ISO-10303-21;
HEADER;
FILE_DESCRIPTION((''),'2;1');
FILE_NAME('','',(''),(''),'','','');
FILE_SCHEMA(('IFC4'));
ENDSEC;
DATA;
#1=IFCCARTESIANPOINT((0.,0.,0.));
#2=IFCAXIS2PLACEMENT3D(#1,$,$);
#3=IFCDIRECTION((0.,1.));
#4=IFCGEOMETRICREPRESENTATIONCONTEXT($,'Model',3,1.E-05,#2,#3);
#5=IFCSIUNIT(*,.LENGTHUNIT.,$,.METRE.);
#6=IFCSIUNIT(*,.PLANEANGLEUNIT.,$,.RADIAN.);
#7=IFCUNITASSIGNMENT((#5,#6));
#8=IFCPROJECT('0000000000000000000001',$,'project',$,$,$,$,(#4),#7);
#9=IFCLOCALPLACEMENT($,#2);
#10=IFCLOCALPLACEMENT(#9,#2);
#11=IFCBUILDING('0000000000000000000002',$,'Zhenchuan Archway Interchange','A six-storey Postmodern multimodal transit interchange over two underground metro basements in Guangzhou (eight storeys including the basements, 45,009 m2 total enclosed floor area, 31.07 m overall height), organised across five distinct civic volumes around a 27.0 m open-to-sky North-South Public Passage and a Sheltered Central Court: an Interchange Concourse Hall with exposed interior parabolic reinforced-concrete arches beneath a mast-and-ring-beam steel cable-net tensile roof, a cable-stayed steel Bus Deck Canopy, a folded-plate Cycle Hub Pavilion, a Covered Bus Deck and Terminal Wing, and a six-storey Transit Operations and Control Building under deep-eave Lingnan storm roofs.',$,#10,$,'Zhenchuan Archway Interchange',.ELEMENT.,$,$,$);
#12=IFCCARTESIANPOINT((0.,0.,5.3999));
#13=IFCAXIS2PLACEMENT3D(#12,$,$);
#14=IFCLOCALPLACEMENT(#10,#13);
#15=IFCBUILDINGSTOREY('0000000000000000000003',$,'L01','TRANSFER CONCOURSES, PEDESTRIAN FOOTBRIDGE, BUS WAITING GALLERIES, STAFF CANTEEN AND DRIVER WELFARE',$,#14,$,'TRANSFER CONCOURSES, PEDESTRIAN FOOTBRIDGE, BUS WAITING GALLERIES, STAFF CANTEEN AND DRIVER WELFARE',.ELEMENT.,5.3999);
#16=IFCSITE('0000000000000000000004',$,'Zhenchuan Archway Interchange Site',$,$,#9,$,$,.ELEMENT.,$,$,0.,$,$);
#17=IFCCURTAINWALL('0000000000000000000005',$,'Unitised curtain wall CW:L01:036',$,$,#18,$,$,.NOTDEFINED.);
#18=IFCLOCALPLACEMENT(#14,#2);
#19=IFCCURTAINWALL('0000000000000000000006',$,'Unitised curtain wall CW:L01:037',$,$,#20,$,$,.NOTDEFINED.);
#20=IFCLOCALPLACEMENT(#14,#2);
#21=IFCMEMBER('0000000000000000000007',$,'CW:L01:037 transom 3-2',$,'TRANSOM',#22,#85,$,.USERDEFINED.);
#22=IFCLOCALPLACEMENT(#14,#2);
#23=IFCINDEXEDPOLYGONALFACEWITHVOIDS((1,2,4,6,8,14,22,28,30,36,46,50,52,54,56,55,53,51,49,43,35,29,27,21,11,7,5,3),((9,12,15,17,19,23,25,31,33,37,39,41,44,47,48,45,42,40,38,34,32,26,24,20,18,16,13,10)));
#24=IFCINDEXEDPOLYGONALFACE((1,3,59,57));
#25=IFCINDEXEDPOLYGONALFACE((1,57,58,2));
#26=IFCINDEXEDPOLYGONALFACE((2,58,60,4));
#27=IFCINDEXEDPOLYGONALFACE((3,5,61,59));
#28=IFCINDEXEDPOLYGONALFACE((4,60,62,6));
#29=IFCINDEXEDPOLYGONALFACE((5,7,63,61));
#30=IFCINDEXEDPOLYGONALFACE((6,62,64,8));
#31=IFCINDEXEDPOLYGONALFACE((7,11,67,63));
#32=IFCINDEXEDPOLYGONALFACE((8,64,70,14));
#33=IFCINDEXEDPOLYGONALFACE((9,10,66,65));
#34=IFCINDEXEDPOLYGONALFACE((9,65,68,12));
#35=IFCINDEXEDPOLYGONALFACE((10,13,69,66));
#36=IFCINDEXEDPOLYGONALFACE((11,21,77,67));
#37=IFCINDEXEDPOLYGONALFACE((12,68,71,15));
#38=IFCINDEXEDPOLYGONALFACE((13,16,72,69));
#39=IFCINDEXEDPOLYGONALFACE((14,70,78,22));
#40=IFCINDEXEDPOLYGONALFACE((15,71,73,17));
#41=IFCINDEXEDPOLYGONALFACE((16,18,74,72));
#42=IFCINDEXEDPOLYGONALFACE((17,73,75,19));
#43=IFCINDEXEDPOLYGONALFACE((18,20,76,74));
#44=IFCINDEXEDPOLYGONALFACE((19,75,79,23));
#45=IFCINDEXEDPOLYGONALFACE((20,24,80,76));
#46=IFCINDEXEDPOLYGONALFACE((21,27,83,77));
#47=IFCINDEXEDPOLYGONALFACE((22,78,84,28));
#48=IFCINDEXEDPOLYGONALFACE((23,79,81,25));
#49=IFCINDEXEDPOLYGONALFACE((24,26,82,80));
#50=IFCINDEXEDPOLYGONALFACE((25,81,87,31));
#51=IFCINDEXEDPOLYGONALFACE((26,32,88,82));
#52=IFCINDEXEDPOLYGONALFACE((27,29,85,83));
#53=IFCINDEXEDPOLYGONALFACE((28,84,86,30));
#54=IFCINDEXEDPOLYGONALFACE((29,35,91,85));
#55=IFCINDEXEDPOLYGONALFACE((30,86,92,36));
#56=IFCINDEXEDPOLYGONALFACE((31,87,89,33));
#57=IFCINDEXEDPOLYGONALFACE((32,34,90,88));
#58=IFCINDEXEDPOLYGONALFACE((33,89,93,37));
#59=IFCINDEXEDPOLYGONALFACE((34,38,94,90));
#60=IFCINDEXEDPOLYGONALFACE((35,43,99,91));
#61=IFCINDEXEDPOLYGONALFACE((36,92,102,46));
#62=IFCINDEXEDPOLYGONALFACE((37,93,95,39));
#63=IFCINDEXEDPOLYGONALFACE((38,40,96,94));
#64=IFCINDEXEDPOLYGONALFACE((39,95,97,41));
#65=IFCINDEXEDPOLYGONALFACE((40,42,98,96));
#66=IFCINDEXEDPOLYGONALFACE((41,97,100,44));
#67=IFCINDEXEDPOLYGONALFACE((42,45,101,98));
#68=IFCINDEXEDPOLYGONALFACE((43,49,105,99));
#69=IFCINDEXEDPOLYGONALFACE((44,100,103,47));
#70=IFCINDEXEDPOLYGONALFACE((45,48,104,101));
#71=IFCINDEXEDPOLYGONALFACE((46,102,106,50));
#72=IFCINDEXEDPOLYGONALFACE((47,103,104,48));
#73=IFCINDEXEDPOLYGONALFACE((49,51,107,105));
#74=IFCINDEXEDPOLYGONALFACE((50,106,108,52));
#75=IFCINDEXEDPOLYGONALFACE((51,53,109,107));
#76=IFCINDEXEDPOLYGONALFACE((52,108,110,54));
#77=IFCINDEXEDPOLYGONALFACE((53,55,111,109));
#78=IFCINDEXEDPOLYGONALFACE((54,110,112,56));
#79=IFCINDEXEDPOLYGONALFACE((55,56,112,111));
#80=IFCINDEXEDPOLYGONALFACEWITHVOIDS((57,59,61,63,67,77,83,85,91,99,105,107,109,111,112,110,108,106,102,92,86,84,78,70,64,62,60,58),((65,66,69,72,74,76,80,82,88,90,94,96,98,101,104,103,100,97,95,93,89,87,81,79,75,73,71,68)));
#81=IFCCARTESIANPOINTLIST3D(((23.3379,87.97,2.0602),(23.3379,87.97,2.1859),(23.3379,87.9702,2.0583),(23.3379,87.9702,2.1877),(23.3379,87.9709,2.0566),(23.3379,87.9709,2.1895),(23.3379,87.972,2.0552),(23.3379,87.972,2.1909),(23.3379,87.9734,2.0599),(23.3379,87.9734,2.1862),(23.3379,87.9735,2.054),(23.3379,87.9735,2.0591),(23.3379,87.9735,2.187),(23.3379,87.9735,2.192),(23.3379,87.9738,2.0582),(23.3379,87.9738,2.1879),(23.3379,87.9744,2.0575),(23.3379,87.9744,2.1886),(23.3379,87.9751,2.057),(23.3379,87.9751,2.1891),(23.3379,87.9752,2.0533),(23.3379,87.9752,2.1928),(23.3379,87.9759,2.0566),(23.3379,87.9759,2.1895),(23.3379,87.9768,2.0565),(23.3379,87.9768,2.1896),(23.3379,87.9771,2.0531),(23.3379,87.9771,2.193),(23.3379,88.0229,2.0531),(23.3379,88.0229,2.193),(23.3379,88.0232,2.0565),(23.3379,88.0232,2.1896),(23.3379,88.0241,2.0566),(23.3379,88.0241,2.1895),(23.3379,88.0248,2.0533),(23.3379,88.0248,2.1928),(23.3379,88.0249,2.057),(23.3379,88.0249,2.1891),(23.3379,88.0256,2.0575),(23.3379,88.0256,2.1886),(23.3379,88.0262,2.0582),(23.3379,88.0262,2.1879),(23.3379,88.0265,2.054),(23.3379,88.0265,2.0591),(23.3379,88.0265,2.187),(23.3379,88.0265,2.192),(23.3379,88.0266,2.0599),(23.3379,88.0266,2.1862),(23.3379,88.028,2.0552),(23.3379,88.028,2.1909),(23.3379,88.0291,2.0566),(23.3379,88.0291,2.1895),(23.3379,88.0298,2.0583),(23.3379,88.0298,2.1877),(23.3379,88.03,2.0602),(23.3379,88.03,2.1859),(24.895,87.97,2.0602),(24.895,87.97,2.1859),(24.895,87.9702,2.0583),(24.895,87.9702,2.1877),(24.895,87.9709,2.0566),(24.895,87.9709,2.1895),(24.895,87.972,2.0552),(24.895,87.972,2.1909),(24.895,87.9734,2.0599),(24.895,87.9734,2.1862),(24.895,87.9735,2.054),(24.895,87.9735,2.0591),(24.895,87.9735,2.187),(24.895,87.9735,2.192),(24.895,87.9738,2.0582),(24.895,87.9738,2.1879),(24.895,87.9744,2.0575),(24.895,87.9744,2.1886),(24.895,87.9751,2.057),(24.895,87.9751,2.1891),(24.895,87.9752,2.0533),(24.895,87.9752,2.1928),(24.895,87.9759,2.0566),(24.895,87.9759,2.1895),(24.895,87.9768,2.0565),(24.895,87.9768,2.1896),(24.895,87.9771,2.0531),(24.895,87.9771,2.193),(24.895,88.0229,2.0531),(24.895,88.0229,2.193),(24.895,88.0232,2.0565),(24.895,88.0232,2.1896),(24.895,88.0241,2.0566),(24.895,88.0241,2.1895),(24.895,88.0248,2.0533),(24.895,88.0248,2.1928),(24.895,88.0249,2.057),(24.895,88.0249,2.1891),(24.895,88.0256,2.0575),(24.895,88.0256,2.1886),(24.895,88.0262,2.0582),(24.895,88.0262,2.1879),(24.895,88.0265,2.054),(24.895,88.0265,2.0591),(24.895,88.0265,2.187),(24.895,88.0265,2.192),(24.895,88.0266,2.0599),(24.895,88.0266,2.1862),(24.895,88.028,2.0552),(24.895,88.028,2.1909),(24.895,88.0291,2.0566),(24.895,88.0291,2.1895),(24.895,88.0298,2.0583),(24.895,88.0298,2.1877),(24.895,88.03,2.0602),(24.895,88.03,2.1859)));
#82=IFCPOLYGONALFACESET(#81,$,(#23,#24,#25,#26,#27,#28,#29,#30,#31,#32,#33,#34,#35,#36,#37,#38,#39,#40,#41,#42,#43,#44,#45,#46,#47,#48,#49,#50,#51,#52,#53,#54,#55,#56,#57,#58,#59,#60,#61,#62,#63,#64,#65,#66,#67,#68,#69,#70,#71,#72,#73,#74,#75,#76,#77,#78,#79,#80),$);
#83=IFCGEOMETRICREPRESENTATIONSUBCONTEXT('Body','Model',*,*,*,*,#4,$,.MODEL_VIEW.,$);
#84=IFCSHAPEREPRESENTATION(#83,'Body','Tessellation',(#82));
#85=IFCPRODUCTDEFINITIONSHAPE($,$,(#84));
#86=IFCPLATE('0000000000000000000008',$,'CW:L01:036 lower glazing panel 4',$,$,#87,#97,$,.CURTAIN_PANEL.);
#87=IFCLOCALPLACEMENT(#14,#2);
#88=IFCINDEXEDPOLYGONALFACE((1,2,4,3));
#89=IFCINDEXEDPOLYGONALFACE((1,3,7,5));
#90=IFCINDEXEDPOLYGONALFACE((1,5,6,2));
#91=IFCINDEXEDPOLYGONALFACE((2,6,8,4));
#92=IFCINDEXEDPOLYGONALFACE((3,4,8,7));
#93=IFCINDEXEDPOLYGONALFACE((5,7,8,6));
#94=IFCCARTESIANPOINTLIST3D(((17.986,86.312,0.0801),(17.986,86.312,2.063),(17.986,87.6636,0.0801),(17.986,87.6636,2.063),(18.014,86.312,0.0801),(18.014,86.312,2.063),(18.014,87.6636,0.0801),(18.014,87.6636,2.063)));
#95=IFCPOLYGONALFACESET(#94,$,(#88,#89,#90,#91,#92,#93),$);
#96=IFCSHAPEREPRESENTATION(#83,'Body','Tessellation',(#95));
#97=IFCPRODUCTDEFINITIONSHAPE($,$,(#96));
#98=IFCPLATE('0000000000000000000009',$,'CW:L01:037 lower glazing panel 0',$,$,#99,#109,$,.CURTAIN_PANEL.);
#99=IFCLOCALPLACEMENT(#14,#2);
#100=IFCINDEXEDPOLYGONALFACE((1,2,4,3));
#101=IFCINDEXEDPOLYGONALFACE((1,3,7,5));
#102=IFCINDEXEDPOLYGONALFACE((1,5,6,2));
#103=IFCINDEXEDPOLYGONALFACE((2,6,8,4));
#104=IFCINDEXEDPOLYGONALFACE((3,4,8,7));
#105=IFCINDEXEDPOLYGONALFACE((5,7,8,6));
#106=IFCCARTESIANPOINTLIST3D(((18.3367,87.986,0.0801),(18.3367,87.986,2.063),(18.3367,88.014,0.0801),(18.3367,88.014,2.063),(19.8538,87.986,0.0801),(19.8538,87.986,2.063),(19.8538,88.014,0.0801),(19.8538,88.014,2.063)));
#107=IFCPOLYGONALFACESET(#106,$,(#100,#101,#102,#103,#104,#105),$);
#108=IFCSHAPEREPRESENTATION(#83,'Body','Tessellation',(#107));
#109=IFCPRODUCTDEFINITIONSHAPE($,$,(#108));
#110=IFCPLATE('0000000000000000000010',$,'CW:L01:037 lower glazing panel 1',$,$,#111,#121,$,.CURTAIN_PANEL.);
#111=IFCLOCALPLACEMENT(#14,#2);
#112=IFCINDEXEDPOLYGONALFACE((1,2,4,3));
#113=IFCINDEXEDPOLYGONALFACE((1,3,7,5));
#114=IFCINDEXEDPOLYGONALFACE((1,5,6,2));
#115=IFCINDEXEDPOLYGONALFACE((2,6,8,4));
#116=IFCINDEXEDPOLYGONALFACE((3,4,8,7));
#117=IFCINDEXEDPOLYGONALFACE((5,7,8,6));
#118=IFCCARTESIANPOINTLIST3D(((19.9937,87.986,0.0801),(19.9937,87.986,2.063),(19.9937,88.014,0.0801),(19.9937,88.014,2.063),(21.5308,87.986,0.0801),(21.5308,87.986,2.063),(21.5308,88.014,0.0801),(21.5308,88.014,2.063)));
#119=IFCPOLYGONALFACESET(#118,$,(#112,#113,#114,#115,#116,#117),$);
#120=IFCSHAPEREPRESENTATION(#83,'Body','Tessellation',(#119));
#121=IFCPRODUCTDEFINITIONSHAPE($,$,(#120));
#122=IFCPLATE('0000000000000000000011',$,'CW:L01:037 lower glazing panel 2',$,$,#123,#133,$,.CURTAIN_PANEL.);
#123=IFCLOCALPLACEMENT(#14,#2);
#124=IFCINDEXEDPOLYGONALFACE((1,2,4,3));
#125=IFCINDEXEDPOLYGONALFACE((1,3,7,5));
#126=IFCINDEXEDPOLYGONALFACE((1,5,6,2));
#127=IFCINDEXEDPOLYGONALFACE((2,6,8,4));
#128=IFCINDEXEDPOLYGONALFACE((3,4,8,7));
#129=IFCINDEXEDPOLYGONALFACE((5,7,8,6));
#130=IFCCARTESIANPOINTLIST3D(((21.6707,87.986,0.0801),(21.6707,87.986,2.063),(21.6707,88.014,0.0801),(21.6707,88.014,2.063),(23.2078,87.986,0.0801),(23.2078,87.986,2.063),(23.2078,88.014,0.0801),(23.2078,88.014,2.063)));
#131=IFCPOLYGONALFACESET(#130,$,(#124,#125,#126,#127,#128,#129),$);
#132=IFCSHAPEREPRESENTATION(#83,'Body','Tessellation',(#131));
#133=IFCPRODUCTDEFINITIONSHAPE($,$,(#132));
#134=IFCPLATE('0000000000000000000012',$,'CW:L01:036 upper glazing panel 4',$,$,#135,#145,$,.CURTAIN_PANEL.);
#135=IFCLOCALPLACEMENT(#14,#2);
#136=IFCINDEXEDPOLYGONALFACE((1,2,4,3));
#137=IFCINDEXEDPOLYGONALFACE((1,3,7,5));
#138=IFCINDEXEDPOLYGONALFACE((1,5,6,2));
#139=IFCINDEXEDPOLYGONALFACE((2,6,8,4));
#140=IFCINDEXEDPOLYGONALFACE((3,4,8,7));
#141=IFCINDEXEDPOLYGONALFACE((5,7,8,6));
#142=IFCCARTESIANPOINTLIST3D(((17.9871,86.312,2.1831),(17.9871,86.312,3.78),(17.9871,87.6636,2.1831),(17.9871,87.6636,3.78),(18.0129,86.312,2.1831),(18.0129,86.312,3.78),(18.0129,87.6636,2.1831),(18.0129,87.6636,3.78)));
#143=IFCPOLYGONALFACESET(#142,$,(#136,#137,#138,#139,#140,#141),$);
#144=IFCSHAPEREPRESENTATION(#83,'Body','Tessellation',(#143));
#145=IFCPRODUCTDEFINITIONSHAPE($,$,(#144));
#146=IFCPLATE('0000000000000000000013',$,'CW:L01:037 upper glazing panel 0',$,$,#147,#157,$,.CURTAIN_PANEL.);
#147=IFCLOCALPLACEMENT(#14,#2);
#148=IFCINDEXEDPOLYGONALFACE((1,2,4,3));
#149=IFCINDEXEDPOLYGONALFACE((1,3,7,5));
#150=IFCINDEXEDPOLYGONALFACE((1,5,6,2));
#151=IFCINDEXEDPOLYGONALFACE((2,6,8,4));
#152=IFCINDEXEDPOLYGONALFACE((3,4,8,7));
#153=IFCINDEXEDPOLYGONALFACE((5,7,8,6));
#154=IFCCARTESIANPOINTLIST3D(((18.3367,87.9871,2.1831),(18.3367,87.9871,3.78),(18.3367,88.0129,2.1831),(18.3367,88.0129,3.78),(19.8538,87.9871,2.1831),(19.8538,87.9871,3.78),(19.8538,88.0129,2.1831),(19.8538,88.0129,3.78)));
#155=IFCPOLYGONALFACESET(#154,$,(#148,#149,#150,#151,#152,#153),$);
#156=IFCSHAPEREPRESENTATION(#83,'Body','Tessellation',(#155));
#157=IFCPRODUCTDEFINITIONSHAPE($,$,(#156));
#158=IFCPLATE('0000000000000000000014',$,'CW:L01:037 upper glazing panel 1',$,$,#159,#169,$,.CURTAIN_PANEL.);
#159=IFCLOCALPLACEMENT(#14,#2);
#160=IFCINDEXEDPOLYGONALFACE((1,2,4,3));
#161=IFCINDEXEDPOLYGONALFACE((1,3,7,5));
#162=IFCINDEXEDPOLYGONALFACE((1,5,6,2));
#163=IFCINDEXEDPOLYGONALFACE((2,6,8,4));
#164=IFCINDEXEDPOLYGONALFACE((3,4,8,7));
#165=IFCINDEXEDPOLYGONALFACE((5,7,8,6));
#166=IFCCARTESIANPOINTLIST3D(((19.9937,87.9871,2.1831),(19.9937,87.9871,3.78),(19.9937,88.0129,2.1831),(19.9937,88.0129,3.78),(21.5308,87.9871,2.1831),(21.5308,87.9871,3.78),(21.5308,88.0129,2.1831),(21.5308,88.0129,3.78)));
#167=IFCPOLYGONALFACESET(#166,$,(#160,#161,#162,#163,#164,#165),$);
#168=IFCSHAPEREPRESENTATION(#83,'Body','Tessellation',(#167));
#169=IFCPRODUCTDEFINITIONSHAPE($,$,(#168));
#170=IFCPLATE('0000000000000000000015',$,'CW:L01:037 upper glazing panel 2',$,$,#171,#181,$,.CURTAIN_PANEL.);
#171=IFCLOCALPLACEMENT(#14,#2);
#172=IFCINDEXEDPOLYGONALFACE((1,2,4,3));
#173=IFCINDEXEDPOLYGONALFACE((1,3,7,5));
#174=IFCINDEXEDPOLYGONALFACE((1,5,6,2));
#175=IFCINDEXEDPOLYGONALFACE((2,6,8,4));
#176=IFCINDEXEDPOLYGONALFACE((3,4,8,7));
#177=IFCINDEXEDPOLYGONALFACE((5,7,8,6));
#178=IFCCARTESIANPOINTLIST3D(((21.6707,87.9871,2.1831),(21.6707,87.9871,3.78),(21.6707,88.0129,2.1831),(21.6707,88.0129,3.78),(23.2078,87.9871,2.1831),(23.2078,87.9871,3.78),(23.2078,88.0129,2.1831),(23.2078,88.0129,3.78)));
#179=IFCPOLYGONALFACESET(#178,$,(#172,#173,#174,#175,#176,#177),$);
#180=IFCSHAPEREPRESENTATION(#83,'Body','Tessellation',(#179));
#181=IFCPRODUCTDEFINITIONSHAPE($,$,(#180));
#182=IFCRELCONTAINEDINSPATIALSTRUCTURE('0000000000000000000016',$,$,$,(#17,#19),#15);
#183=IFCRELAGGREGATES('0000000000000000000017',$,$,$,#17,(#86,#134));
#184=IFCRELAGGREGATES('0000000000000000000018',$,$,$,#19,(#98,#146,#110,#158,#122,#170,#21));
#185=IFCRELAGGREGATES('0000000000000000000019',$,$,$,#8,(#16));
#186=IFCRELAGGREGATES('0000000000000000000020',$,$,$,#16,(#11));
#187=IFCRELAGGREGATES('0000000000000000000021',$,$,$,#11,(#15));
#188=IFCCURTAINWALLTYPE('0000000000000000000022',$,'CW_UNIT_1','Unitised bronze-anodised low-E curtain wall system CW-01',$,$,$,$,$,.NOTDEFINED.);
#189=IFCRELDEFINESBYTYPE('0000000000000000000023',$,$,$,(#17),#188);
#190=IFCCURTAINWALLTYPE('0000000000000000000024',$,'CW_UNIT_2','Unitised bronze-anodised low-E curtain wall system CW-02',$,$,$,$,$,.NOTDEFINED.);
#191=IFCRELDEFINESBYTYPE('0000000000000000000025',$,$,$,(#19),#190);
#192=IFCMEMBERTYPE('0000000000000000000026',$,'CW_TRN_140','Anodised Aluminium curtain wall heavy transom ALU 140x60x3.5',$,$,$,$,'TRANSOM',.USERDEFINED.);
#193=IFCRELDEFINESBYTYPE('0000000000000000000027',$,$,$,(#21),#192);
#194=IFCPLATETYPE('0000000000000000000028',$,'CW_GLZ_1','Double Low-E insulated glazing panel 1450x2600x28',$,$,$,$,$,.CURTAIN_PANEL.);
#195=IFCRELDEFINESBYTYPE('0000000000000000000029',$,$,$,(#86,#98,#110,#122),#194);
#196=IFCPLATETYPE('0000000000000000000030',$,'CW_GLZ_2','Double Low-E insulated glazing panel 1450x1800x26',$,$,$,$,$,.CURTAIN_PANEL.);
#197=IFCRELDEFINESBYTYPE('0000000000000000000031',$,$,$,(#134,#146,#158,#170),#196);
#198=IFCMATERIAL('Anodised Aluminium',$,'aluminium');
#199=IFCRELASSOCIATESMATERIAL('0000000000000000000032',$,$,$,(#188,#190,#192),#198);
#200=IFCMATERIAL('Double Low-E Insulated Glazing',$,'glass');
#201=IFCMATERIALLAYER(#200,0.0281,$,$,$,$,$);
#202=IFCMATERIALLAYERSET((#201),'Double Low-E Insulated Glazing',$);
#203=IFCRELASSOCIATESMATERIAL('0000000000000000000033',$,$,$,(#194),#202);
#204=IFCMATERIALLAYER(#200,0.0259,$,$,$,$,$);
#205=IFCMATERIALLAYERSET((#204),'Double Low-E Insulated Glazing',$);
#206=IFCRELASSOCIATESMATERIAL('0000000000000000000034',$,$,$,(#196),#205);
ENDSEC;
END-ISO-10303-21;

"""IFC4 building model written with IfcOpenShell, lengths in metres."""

from ifc_helpers import new_model, si_unit, direction, frame, origin, origin_2d, place, context, subcontext, project, spatial, rectangle, hollow_rectangle, extrude, material, layer, layer_set, material_profile, profile_set, type_object, element, aggregate, save


model = new_model("IFC4")

# Units and contexts
model_context = context("Model", 3, precision=1e-05, world=origin(), true_north=direction((0.0, 1.0)))
body_context = subcontext(model_context, "Body", "Model", "MODEL_VIEW")
ifc_project = project(units=[si_unit("LENGTHUNIT", "METRE"), si_unit("PLANEANGLEUNIT", "RADIAN")], contexts=[model_context])

# Site, building, storey
site_placement = place(None, origin())
site = spatial("IfcSite", under=ifc_project, at=site_placement, Name="Zhenchuan Archway Interchange Site", CompositionType="ELEMENT", RefElevation=0.0)
building_placement = place(site_placement, origin())
building = spatial("IfcBuilding", under=site, at=building_placement, Name="Zhenchuan Archway Interchange", Description="A six-storey Postmodern multimodal transit interchange over two underground metro basements in Guangzhou (eight storeys including the basements, 45,009 m2 total enclosed floor area, 31.07 m overall height), organised across five distinct civic volumes around a 27.0 m open-to-sky North-South Public Passage and a Sheltered Central Court: an Interchange Concourse Hall with exposed interior parabolic reinforced-concrete arches beneath a mast-and-ring-beam steel cable-net tensile roof, a cable-stayed steel Bus Deck Canopy, a folded-plate Cycle Hub Pavilion, a Covered Bus Deck and Terminal Wing, and a six-storey Transit Operations and Control Building under deep-eave Lingnan storm roofs.", LongName="Zhenchuan Archway Interchange", CompositionType="ELEMENT")
storey_placement = place(building_placement, frame((0.0, 0.0, 5.3999)))
storey = spatial("IfcBuildingStorey", under=building, at=storey_placement, Name="L01", Description="TRANSFER CONCOURSES, PEDESTRIAN FOOTBRIDGE, BUS WAITING GALLERIES, STAFF CANTEEN AND DRIVER WELFARE", LongName="TRANSFER CONCOURSES, PEDESTRIAN FOOTBRIDGE, BUS WAITING GALLERIES, STAFF CANTEEN AND DRIVER WELFARE", CompositionType="ELEMENT", Elevation=5.3999)

# Curtain wall
ifc_material_1 = material(Name="Anodised Aluminium", Category="aluminium")
curtain_wall_type_1 = type_object("IfcCurtainWallType", Name="CW_UNIT_1", Description="Unitised bronze-anodised low-E curtain wall system CW-01", PredefinedType="NOTDEFINED", material=ifc_material_1)
curtain_wall_1_placement = place(storey_placement, origin())
curtain_wall_1 = element("IfcCurtainWall", 1, at=curtain_wall_1_placement, inside=storey, type_object=curtain_wall_type_1, Name="Unitised curtain wall CW:L01:036", PredefinedType="NOTDEFINED")

# Curtain wall
curtain_wall_type_2 = type_object("IfcCurtainWallType", Name="CW_UNIT_2", Description="Unitised bronze-anodised low-E curtain wall system CW-02", PredefinedType="NOTDEFINED", material=ifc_material_1)
curtain_wall_2_placement = place(storey_placement, origin())
curtain_wall_2 = element("IfcCurtainWall", 2, at=curtain_wall_2_placement, inside=storey, type_object=curtain_wall_type_2, Name="Unitised curtain wall CW:L01:037", PredefinedType="NOTDEFINED")

# Member
ifc_material_profile_1 = material_profile(ifc_material_1, hollow_rectangle(XDim=0.0601, YDim=0.1399, WallThickness=0.0034, InnerFilletRadius=0.0034, OuterFilletRadius=0.0071, at=origin_2d()), Name="ALU 140x60x3.5")
ifc_profile_set_1 = profile_set([ifc_material_profile_1], Name="Anodised Aluminium")
member_type_1 = type_object("IfcMemberType", Name="CW_TRN_140", Description="Anodised Aluminium curtain wall heavy transom ALU 140x60x3.5", ElementType="TRANSOM", PredefinedType="USERDEFINED", material=ifc_profile_set_1)
member_1_placement = place(storey_placement, frame((23.3379, 88.0, 2.123), z_axis=(1.0, 0.0, 0.0), x_axis=(0.0, 1.0, 0.0)))
member_1 = element("IfcMember", 3, at=member_1_placement, type_object=member_type_1, Name="CW:L01:037 transom 3-2", ObjectType="TRANSOM", PredefinedType="USERDEFINED", context=body_context, shape_type="SweptSolid", body=[
    extrude(hollow_rectangle(XDim=0.0601, YDim=0.1399, WallThickness=0.0034, InnerFilletRadius=0.0034, OuterFilletRadius=0.0071, at=origin_2d()), origin(), (0.0, 0.0, 1.0), 1.5571),
])

# Plates
ifc_material_2 = material(Name="Double Low-E Insulated Glazing", Category="glass")
ifc_layer_1 = layer(ifc_material_2, 0.0281)
ifc_layer_set_1 = layer_set([ifc_layer_1], Name="Double Low-E Insulated Glazing")
plate_type_1 = type_object("IfcPlateType", Name="CW_GLZ_1", Description="Double Low-E insulated glazing panel 1450x2600x28", PredefinedType="CURTAIN_PANEL", material=ifc_layer_set_1)
plate_1_placement = place(storey_placement, frame((18.0, 86.9878, 0.0801), z_axis=(0.0, 0.0, 1.0), x_axis=(0.0, 1.0, 0.0)))
plate_1 = element("IfcPlate", 4, at=plate_1_placement, type_object=plate_type_1, Name="CW:L01:036 lower glazing panel 4", PredefinedType="CURTAIN_PANEL", context=body_context, shape_type="SweptSolid", body=[
    extrude(rectangle(XDim=1.3516, YDim=0.0281, at=origin_2d()), origin(), (0.0, 0.0, 1.0), 1.9829),
])
plate_2_placement = place(storey_placement, frame((19.0952, 88.0, 0.0801), z_axis=(0.0, 0.0, 1.0), x_axis=(1.0, 0.0, 0.0)))
plate_2 = element("IfcPlate", 5, at=plate_2_placement, type_object=plate_type_1, Name="CW:L01:037 lower glazing panel 0", PredefinedType="CURTAIN_PANEL", context=body_context, shape_type="SweptSolid", body=[
    extrude(rectangle(XDim=1.5171, YDim=0.0281, at=origin_2d()), origin(), (0.0, 0.0, 1.0), 1.9829),
])
plate_3_placement = place(storey_placement, frame((20.7622, 88.0, 0.0801), z_axis=(0.0, 0.0, 1.0), x_axis=(1.0, 0.0, 0.0)))
plate_3 = element("IfcPlate", 6, at=plate_3_placement, type_object=plate_type_1, Name="CW:L01:037 lower glazing panel 1", PredefinedType="CURTAIN_PANEL", context=body_context, shape_type="SweptSolid", body=[
    extrude(rectangle(XDim=1.5371, YDim=0.0281, at=origin_2d()), origin(), (0.0, 0.0, 1.0), 1.9829),
])
plate_4_placement = place(storey_placement, frame((22.4392, 88.0, 0.0801), z_axis=(0.0, 0.0, 1.0), x_axis=(1.0, 0.0, 0.0)))
plate_4 = element("IfcPlate", 7, at=plate_4_placement, type_object=plate_type_1, Name="CW:L01:037 lower glazing panel 2", PredefinedType="CURTAIN_PANEL", context=body_context, shape_type="SweptSolid", body=[
    extrude(rectangle(XDim=1.5371, YDim=0.0281, at=origin_2d()), origin(), (0.0, 0.0, 1.0), 1.9829),
])
ifc_layer_2 = layer(ifc_material_2, 0.0259)
ifc_layer_set_2 = layer_set([ifc_layer_2], Name="Double Low-E Insulated Glazing")
plate_type_2 = type_object("IfcPlateType", Name="CW_GLZ_2", Description="Double Low-E insulated glazing panel 1450x1800x26", PredefinedType="CURTAIN_PANEL", material=ifc_layer_set_2)
plate_5_placement = place(storey_placement, frame((18.0, 86.9878, 2.1831), z_axis=(0.0, 0.0, 1.0), x_axis=(0.0, 1.0, 0.0)))
plate_5 = element("IfcPlate", 8, at=plate_5_placement, type_object=plate_type_2, Name="CW:L01:036 upper glazing panel 4", PredefinedType="CURTAIN_PANEL", context=body_context, shape_type="SweptSolid", body=[
    extrude(rectangle(XDim=1.3516, YDim=0.0259, at=origin_2d()), origin(), (0.0, 0.0, 1.0), 1.5969),
])
aggregate(curtain_wall_1, [plate_1, plate_5])
plate_6_placement = place(storey_placement, frame((19.0952, 88.0, 2.1831), z_axis=(0.0, 0.0, 1.0), x_axis=(1.0, 0.0, 0.0)))
plate_6 = element("IfcPlate", 9, at=plate_6_placement, type_object=plate_type_2, Name="CW:L01:037 upper glazing panel 0", PredefinedType="CURTAIN_PANEL", context=body_context, shape_type="SweptSolid", body=[
    extrude(rectangle(XDim=1.5171, YDim=0.0259, at=origin_2d()), origin(), (0.0, 0.0, 1.0), 1.5969),
])
plate_7_placement = place(storey_placement, frame((20.7622, 88.0, 2.1831), z_axis=(0.0, 0.0, 1.0), x_axis=(1.0, 0.0, 0.0)))
plate_7 = element("IfcPlate", 10, at=plate_7_placement, type_object=plate_type_2, Name="CW:L01:037 upper glazing panel 1", PredefinedType="CURTAIN_PANEL", context=body_context, shape_type="SweptSolid", body=[
    extrude(rectangle(XDim=1.5371, YDim=0.0259, at=origin_2d()), origin(), (0.0, 0.0, 1.0), 1.5969),
])
plate_8_placement = place(storey_placement, frame((22.4392, 88.0, 2.1831), z_axis=(0.0, 0.0, 1.0), x_axis=(1.0, 0.0, 0.0)))
plate_8 = element("IfcPlate", 11, at=plate_8_placement, type_object=plate_type_2, Name="CW:L01:037 upper glazing panel 2", PredefinedType="CURTAIN_PANEL", context=body_context, shape_type="SweptSolid", body=[
    extrude(rectangle(XDim=1.5371, YDim=0.0259, at=origin_2d()), origin(), (0.0, 0.0, 1.0), 1.5969),
])
aggregate(curtain_wall_2, [plate_2, plate_6, plate_3, plate_7, plate_4, plate_8, member_1])

save(model, "model.ifc")
